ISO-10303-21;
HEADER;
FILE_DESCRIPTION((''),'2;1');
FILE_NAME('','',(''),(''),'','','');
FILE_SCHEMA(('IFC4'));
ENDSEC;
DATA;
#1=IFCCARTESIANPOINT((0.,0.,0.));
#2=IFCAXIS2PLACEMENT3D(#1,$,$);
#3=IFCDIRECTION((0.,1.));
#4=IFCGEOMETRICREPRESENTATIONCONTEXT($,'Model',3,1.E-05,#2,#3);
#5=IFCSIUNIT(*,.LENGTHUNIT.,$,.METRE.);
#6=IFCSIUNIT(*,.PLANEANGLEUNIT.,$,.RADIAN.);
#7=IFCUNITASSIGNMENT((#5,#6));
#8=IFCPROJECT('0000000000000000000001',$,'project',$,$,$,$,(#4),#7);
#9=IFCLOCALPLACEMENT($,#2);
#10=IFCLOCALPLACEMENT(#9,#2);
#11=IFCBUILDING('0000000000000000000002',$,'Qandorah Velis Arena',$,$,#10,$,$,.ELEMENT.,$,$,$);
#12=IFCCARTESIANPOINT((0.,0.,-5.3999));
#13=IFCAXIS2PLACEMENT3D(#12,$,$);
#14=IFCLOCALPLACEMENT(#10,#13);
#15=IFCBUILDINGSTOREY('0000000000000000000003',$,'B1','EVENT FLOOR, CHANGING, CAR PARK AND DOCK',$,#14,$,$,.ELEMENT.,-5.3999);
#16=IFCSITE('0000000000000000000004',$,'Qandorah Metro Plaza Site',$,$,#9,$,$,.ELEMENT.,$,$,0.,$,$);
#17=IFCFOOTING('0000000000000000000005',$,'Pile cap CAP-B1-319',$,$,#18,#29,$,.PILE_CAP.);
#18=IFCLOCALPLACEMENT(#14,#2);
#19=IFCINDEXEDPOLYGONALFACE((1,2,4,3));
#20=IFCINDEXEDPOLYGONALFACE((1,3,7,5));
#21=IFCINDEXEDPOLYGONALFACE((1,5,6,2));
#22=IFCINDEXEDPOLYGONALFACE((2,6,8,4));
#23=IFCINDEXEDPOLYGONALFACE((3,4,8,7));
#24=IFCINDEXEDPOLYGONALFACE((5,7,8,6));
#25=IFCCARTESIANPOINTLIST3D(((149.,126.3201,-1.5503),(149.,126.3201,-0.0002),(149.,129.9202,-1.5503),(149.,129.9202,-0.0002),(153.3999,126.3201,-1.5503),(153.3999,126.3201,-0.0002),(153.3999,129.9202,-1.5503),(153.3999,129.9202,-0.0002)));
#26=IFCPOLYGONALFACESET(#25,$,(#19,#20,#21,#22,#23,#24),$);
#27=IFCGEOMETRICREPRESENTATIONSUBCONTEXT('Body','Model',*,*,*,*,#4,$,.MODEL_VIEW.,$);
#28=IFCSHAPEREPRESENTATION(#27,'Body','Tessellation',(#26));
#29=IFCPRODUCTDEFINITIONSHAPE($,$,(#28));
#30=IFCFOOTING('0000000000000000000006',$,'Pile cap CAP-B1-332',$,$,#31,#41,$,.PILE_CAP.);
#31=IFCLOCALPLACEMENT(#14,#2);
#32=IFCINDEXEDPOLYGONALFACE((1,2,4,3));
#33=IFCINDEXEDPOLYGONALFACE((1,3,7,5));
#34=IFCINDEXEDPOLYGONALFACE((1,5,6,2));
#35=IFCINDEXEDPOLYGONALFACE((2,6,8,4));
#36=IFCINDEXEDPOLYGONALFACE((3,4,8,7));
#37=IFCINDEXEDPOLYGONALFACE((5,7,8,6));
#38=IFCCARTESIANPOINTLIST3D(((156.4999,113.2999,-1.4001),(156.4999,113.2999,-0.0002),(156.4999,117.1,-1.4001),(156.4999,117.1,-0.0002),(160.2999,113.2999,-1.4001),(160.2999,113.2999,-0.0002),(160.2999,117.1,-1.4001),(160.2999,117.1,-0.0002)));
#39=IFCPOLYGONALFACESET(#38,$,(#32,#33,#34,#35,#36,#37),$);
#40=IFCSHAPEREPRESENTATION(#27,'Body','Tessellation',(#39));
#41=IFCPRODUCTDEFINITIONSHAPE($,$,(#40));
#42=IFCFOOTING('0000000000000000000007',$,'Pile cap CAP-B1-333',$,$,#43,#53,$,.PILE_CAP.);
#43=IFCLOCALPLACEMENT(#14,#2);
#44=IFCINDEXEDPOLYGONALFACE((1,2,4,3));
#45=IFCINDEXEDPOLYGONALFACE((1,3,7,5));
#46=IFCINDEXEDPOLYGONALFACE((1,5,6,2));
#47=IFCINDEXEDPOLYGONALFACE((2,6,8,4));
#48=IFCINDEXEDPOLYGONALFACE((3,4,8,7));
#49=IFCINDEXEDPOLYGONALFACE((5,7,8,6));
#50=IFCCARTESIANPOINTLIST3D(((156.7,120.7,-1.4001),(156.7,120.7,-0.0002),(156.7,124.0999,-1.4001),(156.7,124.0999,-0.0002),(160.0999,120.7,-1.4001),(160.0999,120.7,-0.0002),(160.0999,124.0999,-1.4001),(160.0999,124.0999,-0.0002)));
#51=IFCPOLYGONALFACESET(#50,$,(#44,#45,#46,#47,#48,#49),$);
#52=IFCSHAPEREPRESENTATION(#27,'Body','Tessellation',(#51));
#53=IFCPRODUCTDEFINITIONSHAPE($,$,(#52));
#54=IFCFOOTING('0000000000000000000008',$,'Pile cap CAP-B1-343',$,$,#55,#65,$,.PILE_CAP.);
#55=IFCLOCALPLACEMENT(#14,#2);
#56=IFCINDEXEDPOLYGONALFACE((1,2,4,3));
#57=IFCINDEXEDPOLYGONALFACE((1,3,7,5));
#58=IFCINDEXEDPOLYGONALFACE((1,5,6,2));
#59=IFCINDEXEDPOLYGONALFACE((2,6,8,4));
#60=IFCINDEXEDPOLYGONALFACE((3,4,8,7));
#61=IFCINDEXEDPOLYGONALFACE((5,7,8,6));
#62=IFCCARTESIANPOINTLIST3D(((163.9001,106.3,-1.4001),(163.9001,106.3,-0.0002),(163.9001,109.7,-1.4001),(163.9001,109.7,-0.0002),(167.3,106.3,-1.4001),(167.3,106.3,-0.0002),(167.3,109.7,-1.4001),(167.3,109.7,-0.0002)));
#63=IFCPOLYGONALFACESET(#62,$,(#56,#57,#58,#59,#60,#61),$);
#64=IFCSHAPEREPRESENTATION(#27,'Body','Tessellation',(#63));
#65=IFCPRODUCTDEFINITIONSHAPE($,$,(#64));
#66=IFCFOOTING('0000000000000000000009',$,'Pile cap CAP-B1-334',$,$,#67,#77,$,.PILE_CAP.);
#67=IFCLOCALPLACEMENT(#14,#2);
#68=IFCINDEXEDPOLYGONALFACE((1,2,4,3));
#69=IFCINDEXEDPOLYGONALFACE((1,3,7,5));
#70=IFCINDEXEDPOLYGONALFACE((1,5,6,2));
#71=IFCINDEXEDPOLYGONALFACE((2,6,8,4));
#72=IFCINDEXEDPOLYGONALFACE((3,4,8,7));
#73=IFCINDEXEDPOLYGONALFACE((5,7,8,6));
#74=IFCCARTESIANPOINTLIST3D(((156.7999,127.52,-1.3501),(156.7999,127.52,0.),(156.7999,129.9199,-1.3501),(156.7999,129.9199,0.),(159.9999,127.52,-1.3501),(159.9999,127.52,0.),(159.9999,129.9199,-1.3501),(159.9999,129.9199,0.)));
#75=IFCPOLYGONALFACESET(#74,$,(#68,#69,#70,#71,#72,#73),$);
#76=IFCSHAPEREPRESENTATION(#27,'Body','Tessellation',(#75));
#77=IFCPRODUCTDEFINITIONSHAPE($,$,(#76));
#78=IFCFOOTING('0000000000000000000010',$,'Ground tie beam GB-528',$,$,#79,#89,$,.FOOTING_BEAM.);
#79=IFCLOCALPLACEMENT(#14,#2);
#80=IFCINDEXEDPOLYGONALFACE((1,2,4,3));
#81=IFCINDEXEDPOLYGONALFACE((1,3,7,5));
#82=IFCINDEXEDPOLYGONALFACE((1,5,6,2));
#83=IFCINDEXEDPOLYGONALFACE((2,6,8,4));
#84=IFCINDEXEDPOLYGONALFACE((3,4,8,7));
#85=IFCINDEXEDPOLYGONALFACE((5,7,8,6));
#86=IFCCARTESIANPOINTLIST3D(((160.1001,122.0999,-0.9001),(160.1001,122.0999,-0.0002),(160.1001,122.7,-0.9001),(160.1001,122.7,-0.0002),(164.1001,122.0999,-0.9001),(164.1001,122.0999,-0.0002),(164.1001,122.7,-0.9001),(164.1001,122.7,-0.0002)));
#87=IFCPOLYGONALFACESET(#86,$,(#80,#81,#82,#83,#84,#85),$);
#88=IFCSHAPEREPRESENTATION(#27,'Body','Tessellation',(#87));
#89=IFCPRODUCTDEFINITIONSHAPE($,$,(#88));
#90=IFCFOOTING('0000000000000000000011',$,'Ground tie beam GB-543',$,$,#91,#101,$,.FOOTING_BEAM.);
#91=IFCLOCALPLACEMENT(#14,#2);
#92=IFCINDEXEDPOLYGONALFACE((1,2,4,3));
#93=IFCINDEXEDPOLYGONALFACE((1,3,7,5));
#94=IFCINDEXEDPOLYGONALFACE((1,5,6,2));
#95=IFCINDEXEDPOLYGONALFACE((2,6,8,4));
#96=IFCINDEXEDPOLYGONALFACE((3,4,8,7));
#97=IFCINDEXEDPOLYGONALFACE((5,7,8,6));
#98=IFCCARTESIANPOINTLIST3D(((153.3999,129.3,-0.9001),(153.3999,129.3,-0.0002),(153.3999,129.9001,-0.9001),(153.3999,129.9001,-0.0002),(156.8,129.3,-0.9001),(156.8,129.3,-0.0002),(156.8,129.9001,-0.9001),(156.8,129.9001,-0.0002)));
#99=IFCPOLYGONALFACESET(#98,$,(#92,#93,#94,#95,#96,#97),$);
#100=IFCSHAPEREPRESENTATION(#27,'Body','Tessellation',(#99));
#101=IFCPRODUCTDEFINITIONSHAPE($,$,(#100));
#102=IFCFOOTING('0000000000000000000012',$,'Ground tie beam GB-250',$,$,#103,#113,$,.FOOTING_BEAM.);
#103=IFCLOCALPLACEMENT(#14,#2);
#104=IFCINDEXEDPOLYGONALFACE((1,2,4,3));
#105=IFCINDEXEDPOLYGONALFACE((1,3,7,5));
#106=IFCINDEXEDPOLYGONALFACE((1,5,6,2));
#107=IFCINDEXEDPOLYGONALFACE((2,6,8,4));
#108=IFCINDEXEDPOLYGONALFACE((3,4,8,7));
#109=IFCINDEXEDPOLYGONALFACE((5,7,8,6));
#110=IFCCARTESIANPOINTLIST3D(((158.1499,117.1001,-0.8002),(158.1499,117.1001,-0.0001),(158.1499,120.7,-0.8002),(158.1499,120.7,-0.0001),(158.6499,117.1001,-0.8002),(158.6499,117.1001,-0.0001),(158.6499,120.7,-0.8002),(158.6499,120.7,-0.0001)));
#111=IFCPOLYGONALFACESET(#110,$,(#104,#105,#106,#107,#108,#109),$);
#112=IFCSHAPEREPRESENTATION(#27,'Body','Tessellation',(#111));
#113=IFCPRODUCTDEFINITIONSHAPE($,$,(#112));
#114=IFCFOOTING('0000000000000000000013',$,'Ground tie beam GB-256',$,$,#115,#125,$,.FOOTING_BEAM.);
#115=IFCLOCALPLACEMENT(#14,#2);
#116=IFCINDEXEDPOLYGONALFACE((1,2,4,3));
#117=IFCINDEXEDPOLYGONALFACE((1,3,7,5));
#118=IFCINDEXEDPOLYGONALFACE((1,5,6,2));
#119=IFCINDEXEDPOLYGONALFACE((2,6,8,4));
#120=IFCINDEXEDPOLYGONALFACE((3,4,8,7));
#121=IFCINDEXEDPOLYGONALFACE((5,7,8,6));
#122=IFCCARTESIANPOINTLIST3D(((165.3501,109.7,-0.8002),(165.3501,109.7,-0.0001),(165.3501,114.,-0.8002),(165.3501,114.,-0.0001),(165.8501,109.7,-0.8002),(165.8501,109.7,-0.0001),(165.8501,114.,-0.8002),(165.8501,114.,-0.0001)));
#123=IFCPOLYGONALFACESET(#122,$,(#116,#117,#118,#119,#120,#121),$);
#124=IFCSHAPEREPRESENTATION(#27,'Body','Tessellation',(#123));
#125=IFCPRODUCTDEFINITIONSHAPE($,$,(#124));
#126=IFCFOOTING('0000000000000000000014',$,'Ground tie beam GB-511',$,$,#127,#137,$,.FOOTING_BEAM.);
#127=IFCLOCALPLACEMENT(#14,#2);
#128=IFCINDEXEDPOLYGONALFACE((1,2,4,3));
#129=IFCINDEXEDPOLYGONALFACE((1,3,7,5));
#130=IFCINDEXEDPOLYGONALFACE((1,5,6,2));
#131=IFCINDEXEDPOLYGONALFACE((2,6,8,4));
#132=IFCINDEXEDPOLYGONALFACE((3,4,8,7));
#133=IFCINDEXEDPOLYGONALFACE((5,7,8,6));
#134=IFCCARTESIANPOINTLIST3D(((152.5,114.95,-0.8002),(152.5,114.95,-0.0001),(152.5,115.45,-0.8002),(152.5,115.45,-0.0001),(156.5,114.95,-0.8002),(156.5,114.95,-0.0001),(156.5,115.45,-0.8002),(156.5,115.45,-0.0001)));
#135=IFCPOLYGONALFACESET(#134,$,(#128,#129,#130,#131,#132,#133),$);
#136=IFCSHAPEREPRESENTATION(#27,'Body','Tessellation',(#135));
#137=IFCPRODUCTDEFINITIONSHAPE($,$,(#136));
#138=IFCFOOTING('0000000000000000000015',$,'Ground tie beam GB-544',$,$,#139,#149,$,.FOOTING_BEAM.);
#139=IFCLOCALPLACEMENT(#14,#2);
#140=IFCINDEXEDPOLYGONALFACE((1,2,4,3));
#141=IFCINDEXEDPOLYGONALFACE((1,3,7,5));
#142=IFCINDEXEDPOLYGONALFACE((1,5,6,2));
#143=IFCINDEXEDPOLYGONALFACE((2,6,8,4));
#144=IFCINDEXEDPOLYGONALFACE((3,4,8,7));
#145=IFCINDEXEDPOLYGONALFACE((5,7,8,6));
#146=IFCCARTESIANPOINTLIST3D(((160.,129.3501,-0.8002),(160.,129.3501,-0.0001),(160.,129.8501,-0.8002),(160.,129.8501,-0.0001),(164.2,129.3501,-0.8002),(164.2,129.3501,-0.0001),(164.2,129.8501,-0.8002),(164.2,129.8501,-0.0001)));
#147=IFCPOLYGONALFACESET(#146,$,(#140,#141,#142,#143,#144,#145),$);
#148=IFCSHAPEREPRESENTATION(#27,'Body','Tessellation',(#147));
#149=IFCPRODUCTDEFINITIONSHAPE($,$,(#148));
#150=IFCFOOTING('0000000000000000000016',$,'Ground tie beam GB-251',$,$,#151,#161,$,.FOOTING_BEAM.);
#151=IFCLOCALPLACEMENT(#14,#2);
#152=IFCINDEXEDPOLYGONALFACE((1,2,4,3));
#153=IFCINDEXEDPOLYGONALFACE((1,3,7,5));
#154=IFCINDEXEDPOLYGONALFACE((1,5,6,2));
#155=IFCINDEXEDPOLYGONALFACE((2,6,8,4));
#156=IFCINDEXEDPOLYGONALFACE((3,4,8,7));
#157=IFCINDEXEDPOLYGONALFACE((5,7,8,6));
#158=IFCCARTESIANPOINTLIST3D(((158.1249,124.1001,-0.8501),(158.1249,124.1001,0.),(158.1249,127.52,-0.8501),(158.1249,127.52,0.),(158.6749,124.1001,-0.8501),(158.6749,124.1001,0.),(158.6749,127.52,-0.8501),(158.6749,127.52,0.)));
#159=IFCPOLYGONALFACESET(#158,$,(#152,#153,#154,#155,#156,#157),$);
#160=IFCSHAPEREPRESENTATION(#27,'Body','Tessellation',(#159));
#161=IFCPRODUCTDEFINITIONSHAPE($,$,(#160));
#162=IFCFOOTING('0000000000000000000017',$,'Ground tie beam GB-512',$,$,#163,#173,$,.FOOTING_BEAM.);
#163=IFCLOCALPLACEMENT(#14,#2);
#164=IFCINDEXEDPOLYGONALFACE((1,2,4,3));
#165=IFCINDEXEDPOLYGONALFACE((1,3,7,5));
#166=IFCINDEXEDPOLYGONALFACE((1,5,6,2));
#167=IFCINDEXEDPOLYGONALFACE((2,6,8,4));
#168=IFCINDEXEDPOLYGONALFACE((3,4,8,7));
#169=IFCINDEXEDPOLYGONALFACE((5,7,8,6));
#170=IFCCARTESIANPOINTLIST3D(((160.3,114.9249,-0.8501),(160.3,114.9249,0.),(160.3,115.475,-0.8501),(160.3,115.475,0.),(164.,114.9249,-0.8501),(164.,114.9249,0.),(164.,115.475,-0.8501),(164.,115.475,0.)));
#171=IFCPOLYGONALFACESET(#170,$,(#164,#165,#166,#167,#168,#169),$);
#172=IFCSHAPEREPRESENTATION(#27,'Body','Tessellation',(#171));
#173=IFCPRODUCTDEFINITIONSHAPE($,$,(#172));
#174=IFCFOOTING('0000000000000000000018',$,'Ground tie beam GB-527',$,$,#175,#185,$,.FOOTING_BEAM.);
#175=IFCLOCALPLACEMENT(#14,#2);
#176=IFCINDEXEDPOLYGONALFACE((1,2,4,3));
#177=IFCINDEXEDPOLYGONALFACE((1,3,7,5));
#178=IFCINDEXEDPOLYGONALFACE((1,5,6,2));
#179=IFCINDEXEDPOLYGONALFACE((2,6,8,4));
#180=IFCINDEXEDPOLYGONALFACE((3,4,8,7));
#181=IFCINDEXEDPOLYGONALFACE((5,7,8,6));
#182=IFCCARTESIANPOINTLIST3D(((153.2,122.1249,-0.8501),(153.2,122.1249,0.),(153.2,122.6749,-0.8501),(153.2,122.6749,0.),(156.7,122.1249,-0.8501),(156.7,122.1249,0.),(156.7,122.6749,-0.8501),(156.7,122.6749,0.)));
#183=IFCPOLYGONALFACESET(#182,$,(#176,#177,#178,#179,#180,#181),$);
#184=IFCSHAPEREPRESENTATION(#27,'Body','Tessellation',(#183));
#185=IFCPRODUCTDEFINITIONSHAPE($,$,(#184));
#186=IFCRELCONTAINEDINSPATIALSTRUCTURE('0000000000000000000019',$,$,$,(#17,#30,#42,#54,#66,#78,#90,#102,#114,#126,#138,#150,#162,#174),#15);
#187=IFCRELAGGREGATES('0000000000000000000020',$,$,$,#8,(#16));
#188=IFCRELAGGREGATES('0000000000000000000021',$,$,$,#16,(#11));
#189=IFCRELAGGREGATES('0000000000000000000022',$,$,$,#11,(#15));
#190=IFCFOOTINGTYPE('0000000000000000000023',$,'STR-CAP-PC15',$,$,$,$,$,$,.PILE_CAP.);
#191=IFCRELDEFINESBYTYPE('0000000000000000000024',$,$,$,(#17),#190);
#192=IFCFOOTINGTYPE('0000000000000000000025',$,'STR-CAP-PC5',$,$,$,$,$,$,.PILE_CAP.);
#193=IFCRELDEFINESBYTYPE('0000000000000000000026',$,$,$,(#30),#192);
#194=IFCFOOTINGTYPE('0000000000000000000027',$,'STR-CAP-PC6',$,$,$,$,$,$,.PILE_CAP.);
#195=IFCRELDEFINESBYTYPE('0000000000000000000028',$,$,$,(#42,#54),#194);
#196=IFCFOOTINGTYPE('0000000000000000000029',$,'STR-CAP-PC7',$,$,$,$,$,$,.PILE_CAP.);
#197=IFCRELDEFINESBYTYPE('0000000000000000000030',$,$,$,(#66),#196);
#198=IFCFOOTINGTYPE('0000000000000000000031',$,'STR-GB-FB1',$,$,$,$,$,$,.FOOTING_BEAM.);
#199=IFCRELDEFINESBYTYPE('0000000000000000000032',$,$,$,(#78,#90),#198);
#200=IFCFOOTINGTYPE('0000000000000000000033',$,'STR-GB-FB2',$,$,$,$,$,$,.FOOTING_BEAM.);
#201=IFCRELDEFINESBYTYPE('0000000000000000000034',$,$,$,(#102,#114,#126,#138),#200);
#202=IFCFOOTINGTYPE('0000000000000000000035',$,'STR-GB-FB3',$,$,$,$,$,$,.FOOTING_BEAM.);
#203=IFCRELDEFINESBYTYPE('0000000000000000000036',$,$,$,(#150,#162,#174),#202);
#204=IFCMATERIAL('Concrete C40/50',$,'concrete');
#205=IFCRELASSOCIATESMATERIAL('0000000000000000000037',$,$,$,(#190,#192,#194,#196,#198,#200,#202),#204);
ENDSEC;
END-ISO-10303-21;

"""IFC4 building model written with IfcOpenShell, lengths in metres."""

from ifc_helpers import new_model, si_unit, direction, frame, origin, origin_2d, place, context, subcontext, project, spatial, rectangle, extrude, material, material_profile, profile_set, type_object, element, save


model = new_model("IFC4")

# Units and contexts
model_context = context("Model", 3, precision=1e-05, world=origin(), true_north=direction((0.0, 1.0)))
body_context = subcontext(model_context, "Body", "Model", "MODEL_VIEW")
ifc_project = project(units=[si_unit("LENGTHUNIT", "METRE"), si_unit("PLANEANGLEUNIT", "RADIAN")], contexts=[model_context])

# Site, building, storey
site_placement = place(None, origin())
site = spatial("IfcSite", under=ifc_project, at=site_placement, Name="Qandorah Metro Plaza Site", CompositionType="ELEMENT", RefElevation=0.0)
building_placement = place(site_placement, origin())
building = spatial("IfcBuilding", under=site, at=building_placement, Name="Qandorah Velis Arena", CompositionType="ELEMENT")
storey_placement = place(building_placement, frame((0.0, 0.0, -5.3999)))
storey = spatial("IfcBuildingStorey", under=building, at=storey_placement, Name="B1", Description="EVENT FLOOR, CHANGING, CAR PARK AND DOCK", CompositionType="ELEMENT", Elevation=-5.3999)

# Footings
ifc_material = material(Name="Concrete C40/50", Category="concrete")
footing_type_1 = type_object("IfcFootingType", Name="STR-CAP-PC15", PredefinedType="PILE_CAP", material=ifc_material)
footing_1_placement = place(storey_placement, frame((151.2, 128.1201, -1.5503), z_axis=(0.0, 0.0, 1.0), x_axis=(1.0, 0.0, 0.0)))
element("IfcFooting", 1, at=footing_1_placement, inside=storey, type_object=footing_type_1, Name="Pile cap CAP-B1-319", PredefinedType="PILE_CAP", context=body_context, shape_type="SweptSolid", body=[
    extrude(rectangle(XDim=4.3999, YDim=3.6001, at=origin_2d()), origin(), (0.0, 0.0, 1.0), 1.55),
])
footing_type_2 = type_object("IfcFootingType", Name="STR-CAP-PC5", PredefinedType="PILE_CAP", material=ifc_material)
footing_2_placement = place(storey_placement, frame((158.3999, 115.2, -1.4001), z_axis=(0.0, 0.0, 1.0), x_axis=(1.0, 0.0, 0.0)))
element("IfcFooting", 2, at=footing_2_placement, inside=storey, type_object=footing_type_2, Name="Pile cap CAP-B1-332", PredefinedType="PILE_CAP", context=body_context, shape_type="SweptSolid", body=[
    extrude(rectangle(XDim=3.8, YDim=3.8, at=origin_2d()), origin(), (0.0, 0.0, 1.0), 1.3999),
])
footing_type_3 = type_object("IfcFootingType", Name="STR-CAP-PC6", PredefinedType="PILE_CAP", material=ifc_material)
for number, where, z_axis, x_axis, name in (
    (3, (158.3999, 122.3999, -1.4001), (0.0, 0.0, 1.0), (1.0, 0.0, 0.0), "Pile cap CAP-B1-333"),
    (4, (165.6001, 108.0, -1.4001), (0.0, 0.0, 1.0), (1.0, 0.0, 0.0), "Pile cap CAP-B1-343"),
):
    element("IfcFooting", number, at=place(storey_placement, frame(where, z_axis=z_axis, x_axis=x_axis)), inside=storey, type_object=footing_type_3, Name=name, PredefinedType="PILE_CAP", context=body_context, shape_type="SweptSolid", body=[
        extrude(rectangle(XDim=3.3999, YDim=3.3999, at=origin_2d()), origin(), (0.0, 0.0, 1.0), 1.3999),
    ])
footing_type_4 = type_object("IfcFootingType", Name="STR-CAP-PC7", PredefinedType="PILE_CAP", material=ifc_material)
footing_3_placement = place(storey_placement, frame((158.3999, 128.72, -1.3501), z_axis=(0.0, 0.0, 1.0), x_axis=(1.0, 0.0, 0.0)))
element("IfcFooting", 5, at=footing_3_placement, inside=storey, type_object=footing_type_4, Name="Pile cap CAP-B1-334", PredefinedType="PILE_CAP", context=body_context, shape_type="SweptSolid", body=[
    extrude(rectangle(XDim=3.2, YDim=2.3999, at=origin_2d()), origin(), (0.0, 0.0, 1.0), 1.3501),
])
ifc_material_profile_1 = material_profile(ifc_material, rectangle(XDim=0.6001, YDim=0.8999, at=origin_2d()), Name="GB1 600x900")
ifc_profile_set_1 = profile_set([ifc_material_profile_1], Name="Concrete C40/50")
footing_type_5 = type_object("IfcFootingType", Name="STR-GB-FB1", PredefinedType="FOOTING_BEAM", material=ifc_profile_set_1)
footing_4_placement = place(storey_placement, frame((160.1001, 122.3999, -0.4502), z_axis=(1.0, 0.0, 0.0), x_axis=(0.0, 1.0, 0.0)))
element("IfcFooting", 6, at=footing_4_placement, inside=storey, type_object=footing_type_5, Name="Ground tie beam GB-528", PredefinedType="FOOTING_BEAM", context=body_context, shape_type="SweptSolid", body=[
    extrude(rectangle(XDim=0.6001, YDim=0.8999, at=origin_2d()), origin(), (0.0, 0.0, 1.0), 4.0),
])
footing_5_placement = place(storey_placement, frame((153.3999, 129.6001, -0.4502), z_axis=(1.0, 0.0, 0.0), x_axis=(0.0, 1.0, 0.0)))
element("IfcFooting", 7, at=footing_5_placement, inside=storey, type_object=footing_type_5, Name="Ground tie beam GB-543", PredefinedType="FOOTING_BEAM", context=body_context, shape_type="SweptSolid", body=[
    extrude(rectangle(XDim=0.6001, YDim=0.8999, at=origin_2d()), origin(), (0.0, 0.0, 1.0), 3.4001),
])
ifc_material_profile_2 = material_profile(ifc_material, rectangle(XDim=0.5, YDim=0.8, at=origin_2d()), Name="GB2 500x800")
ifc_profile_set_2 = profile_set([ifc_material_profile_2], Name="Concrete C40/50")
footing_type_6 = type_object("IfcFootingType", Name="STR-GB-FB2", PredefinedType="FOOTING_BEAM", material=ifc_profile_set_2)
footing_6_placement = place(storey_placement, frame((158.3999, 117.1001, -0.4001), z_axis=(0.0, 1.0, 0.0), x_axis=(-1.0, 0.0, 0.0)))
element("IfcFooting", 8, at=footing_6_placement, inside=storey, type_object=footing_type_6, Name="Ground tie beam GB-250", PredefinedType="FOOTING_BEAM", context=body_context, shape_type="SweptSolid", body=[
    extrude(rectangle(XDim=0.5, YDim=0.8, at=origin_2d()), origin(), (0.0, 0.0, 1.0), 3.5999),
])
footing_7_placement = place(storey_placement, frame((165.6001, 109.7, -0.4001), z_axis=(0.0, 1.0, 0.0), x_axis=(-1.0, 0.0, 0.0)))
element("IfcFooting", 9, at=footing_7_placement, inside=storey, type_object=footing_type_6, Name="Ground tie beam GB-256", PredefinedType="FOOTING_BEAM", context=body_context, shape_type="SweptSolid", body=[
    extrude(rectangle(XDim=0.5, YDim=0.8, at=origin_2d()), origin(), (0.0, 0.0, 1.0), 4.3),
])
footing_8_placement = place(storey_placement, frame((152.5, 115.2, -0.4001), z_axis=(1.0, 0.0, 0.0), x_axis=(0.0, 1.0, 0.0)))
element("IfcFooting", 10, at=footing_8_placement, inside=storey, type_object=footing_type_6, Name="Ground tie beam GB-511", PredefinedType="FOOTING_BEAM", context=body_context, shape_type="SweptSolid", body=[
    extrude(rectangle(XDim=0.5, YDim=0.8, at=origin_2d()), origin(), (0.0, 0.0, 1.0), 4.0),
])
footing_9_placement = place(storey_placement, frame((160.0, 129.6001, -0.4001), z_axis=(1.0, 0.0, 0.0), x_axis=(0.0, 1.0, 0.0)))
element("IfcFooting", 11, at=footing_9_placement, inside=storey, type_object=footing_type_6, Name="Ground tie beam GB-544", PredefinedType="FOOTING_BEAM", context=body_context, shape_type="SweptSolid", body=[
    extrude(rectangle(XDim=0.5, YDim=0.8, at=origin_2d()), origin(), (0.0, 0.0, 1.0), 4.2),
])
ifc_material_profile_3 = material_profile(ifc_material, rectangle(XDim=0.55, YDim=0.8501, at=origin_2d()), Name="GB3 550x850")
ifc_profile_set_3 = profile_set([ifc_material_profile_3], Name="Concrete C40/50")
footing_type_7 = type_object("IfcFootingType", Name="STR-GB-FB3", PredefinedType="FOOTING_BEAM", material=ifc_profile_set_3)
footing_10_placement = place(storey_placement, frame((158.3999, 124.1001, -0.425), z_axis=(0.0, 1.0, 0.0), x_axis=(-1.0, 0.0, 0.0)))
element("IfcFooting", 12, at=footing_10_placement, inside=storey, type_object=footing_type_7, Name="Ground tie beam GB-251", PredefinedType="FOOTING_BEAM", context=body_context, shape_type="SweptSolid", body=[
    extrude(rectangle(XDim=0.55, YDim=0.8501, at=origin_2d()), origin(), (0.0, 0.0, 1.0), 3.4199),
])
footing_11_placement = place(storey_placement, frame((160.3, 115.2, -0.425), z_axis=(1.0, 0.0, 0.0), x_axis=(0.0, 1.0, 0.0)))
element("IfcFooting", 13, at=footing_11_placement, inside=storey, type_object=footing_type_7, Name="Ground tie beam GB-512", PredefinedType="FOOTING_BEAM", context=body_context, shape_type="SweptSolid", body=[
    extrude(rectangle(XDim=0.55, YDim=0.8501, at=origin_2d()), origin(), (0.0, 0.0, 1.0), 3.7),
])
footing_12_placement = place(storey_placement, frame((153.2, 122.3999, -0.425), z_axis=(1.0, 0.0, 0.0), x_axis=(0.0, 1.0, 0.0)))
element("IfcFooting", 14, at=footing_12_placement, inside=storey, type_object=footing_type_7, Name="Ground tie beam GB-527", PredefinedType="FOOTING_BEAM", context=body_context, shape_type="SweptSolid", body=[
    extrude(rectangle(XDim=0.55, YDim=0.8501, at=origin_2d()), origin(), (0.0, 0.0, 1.0), 3.5),
])

save(model, "model.ifc")
